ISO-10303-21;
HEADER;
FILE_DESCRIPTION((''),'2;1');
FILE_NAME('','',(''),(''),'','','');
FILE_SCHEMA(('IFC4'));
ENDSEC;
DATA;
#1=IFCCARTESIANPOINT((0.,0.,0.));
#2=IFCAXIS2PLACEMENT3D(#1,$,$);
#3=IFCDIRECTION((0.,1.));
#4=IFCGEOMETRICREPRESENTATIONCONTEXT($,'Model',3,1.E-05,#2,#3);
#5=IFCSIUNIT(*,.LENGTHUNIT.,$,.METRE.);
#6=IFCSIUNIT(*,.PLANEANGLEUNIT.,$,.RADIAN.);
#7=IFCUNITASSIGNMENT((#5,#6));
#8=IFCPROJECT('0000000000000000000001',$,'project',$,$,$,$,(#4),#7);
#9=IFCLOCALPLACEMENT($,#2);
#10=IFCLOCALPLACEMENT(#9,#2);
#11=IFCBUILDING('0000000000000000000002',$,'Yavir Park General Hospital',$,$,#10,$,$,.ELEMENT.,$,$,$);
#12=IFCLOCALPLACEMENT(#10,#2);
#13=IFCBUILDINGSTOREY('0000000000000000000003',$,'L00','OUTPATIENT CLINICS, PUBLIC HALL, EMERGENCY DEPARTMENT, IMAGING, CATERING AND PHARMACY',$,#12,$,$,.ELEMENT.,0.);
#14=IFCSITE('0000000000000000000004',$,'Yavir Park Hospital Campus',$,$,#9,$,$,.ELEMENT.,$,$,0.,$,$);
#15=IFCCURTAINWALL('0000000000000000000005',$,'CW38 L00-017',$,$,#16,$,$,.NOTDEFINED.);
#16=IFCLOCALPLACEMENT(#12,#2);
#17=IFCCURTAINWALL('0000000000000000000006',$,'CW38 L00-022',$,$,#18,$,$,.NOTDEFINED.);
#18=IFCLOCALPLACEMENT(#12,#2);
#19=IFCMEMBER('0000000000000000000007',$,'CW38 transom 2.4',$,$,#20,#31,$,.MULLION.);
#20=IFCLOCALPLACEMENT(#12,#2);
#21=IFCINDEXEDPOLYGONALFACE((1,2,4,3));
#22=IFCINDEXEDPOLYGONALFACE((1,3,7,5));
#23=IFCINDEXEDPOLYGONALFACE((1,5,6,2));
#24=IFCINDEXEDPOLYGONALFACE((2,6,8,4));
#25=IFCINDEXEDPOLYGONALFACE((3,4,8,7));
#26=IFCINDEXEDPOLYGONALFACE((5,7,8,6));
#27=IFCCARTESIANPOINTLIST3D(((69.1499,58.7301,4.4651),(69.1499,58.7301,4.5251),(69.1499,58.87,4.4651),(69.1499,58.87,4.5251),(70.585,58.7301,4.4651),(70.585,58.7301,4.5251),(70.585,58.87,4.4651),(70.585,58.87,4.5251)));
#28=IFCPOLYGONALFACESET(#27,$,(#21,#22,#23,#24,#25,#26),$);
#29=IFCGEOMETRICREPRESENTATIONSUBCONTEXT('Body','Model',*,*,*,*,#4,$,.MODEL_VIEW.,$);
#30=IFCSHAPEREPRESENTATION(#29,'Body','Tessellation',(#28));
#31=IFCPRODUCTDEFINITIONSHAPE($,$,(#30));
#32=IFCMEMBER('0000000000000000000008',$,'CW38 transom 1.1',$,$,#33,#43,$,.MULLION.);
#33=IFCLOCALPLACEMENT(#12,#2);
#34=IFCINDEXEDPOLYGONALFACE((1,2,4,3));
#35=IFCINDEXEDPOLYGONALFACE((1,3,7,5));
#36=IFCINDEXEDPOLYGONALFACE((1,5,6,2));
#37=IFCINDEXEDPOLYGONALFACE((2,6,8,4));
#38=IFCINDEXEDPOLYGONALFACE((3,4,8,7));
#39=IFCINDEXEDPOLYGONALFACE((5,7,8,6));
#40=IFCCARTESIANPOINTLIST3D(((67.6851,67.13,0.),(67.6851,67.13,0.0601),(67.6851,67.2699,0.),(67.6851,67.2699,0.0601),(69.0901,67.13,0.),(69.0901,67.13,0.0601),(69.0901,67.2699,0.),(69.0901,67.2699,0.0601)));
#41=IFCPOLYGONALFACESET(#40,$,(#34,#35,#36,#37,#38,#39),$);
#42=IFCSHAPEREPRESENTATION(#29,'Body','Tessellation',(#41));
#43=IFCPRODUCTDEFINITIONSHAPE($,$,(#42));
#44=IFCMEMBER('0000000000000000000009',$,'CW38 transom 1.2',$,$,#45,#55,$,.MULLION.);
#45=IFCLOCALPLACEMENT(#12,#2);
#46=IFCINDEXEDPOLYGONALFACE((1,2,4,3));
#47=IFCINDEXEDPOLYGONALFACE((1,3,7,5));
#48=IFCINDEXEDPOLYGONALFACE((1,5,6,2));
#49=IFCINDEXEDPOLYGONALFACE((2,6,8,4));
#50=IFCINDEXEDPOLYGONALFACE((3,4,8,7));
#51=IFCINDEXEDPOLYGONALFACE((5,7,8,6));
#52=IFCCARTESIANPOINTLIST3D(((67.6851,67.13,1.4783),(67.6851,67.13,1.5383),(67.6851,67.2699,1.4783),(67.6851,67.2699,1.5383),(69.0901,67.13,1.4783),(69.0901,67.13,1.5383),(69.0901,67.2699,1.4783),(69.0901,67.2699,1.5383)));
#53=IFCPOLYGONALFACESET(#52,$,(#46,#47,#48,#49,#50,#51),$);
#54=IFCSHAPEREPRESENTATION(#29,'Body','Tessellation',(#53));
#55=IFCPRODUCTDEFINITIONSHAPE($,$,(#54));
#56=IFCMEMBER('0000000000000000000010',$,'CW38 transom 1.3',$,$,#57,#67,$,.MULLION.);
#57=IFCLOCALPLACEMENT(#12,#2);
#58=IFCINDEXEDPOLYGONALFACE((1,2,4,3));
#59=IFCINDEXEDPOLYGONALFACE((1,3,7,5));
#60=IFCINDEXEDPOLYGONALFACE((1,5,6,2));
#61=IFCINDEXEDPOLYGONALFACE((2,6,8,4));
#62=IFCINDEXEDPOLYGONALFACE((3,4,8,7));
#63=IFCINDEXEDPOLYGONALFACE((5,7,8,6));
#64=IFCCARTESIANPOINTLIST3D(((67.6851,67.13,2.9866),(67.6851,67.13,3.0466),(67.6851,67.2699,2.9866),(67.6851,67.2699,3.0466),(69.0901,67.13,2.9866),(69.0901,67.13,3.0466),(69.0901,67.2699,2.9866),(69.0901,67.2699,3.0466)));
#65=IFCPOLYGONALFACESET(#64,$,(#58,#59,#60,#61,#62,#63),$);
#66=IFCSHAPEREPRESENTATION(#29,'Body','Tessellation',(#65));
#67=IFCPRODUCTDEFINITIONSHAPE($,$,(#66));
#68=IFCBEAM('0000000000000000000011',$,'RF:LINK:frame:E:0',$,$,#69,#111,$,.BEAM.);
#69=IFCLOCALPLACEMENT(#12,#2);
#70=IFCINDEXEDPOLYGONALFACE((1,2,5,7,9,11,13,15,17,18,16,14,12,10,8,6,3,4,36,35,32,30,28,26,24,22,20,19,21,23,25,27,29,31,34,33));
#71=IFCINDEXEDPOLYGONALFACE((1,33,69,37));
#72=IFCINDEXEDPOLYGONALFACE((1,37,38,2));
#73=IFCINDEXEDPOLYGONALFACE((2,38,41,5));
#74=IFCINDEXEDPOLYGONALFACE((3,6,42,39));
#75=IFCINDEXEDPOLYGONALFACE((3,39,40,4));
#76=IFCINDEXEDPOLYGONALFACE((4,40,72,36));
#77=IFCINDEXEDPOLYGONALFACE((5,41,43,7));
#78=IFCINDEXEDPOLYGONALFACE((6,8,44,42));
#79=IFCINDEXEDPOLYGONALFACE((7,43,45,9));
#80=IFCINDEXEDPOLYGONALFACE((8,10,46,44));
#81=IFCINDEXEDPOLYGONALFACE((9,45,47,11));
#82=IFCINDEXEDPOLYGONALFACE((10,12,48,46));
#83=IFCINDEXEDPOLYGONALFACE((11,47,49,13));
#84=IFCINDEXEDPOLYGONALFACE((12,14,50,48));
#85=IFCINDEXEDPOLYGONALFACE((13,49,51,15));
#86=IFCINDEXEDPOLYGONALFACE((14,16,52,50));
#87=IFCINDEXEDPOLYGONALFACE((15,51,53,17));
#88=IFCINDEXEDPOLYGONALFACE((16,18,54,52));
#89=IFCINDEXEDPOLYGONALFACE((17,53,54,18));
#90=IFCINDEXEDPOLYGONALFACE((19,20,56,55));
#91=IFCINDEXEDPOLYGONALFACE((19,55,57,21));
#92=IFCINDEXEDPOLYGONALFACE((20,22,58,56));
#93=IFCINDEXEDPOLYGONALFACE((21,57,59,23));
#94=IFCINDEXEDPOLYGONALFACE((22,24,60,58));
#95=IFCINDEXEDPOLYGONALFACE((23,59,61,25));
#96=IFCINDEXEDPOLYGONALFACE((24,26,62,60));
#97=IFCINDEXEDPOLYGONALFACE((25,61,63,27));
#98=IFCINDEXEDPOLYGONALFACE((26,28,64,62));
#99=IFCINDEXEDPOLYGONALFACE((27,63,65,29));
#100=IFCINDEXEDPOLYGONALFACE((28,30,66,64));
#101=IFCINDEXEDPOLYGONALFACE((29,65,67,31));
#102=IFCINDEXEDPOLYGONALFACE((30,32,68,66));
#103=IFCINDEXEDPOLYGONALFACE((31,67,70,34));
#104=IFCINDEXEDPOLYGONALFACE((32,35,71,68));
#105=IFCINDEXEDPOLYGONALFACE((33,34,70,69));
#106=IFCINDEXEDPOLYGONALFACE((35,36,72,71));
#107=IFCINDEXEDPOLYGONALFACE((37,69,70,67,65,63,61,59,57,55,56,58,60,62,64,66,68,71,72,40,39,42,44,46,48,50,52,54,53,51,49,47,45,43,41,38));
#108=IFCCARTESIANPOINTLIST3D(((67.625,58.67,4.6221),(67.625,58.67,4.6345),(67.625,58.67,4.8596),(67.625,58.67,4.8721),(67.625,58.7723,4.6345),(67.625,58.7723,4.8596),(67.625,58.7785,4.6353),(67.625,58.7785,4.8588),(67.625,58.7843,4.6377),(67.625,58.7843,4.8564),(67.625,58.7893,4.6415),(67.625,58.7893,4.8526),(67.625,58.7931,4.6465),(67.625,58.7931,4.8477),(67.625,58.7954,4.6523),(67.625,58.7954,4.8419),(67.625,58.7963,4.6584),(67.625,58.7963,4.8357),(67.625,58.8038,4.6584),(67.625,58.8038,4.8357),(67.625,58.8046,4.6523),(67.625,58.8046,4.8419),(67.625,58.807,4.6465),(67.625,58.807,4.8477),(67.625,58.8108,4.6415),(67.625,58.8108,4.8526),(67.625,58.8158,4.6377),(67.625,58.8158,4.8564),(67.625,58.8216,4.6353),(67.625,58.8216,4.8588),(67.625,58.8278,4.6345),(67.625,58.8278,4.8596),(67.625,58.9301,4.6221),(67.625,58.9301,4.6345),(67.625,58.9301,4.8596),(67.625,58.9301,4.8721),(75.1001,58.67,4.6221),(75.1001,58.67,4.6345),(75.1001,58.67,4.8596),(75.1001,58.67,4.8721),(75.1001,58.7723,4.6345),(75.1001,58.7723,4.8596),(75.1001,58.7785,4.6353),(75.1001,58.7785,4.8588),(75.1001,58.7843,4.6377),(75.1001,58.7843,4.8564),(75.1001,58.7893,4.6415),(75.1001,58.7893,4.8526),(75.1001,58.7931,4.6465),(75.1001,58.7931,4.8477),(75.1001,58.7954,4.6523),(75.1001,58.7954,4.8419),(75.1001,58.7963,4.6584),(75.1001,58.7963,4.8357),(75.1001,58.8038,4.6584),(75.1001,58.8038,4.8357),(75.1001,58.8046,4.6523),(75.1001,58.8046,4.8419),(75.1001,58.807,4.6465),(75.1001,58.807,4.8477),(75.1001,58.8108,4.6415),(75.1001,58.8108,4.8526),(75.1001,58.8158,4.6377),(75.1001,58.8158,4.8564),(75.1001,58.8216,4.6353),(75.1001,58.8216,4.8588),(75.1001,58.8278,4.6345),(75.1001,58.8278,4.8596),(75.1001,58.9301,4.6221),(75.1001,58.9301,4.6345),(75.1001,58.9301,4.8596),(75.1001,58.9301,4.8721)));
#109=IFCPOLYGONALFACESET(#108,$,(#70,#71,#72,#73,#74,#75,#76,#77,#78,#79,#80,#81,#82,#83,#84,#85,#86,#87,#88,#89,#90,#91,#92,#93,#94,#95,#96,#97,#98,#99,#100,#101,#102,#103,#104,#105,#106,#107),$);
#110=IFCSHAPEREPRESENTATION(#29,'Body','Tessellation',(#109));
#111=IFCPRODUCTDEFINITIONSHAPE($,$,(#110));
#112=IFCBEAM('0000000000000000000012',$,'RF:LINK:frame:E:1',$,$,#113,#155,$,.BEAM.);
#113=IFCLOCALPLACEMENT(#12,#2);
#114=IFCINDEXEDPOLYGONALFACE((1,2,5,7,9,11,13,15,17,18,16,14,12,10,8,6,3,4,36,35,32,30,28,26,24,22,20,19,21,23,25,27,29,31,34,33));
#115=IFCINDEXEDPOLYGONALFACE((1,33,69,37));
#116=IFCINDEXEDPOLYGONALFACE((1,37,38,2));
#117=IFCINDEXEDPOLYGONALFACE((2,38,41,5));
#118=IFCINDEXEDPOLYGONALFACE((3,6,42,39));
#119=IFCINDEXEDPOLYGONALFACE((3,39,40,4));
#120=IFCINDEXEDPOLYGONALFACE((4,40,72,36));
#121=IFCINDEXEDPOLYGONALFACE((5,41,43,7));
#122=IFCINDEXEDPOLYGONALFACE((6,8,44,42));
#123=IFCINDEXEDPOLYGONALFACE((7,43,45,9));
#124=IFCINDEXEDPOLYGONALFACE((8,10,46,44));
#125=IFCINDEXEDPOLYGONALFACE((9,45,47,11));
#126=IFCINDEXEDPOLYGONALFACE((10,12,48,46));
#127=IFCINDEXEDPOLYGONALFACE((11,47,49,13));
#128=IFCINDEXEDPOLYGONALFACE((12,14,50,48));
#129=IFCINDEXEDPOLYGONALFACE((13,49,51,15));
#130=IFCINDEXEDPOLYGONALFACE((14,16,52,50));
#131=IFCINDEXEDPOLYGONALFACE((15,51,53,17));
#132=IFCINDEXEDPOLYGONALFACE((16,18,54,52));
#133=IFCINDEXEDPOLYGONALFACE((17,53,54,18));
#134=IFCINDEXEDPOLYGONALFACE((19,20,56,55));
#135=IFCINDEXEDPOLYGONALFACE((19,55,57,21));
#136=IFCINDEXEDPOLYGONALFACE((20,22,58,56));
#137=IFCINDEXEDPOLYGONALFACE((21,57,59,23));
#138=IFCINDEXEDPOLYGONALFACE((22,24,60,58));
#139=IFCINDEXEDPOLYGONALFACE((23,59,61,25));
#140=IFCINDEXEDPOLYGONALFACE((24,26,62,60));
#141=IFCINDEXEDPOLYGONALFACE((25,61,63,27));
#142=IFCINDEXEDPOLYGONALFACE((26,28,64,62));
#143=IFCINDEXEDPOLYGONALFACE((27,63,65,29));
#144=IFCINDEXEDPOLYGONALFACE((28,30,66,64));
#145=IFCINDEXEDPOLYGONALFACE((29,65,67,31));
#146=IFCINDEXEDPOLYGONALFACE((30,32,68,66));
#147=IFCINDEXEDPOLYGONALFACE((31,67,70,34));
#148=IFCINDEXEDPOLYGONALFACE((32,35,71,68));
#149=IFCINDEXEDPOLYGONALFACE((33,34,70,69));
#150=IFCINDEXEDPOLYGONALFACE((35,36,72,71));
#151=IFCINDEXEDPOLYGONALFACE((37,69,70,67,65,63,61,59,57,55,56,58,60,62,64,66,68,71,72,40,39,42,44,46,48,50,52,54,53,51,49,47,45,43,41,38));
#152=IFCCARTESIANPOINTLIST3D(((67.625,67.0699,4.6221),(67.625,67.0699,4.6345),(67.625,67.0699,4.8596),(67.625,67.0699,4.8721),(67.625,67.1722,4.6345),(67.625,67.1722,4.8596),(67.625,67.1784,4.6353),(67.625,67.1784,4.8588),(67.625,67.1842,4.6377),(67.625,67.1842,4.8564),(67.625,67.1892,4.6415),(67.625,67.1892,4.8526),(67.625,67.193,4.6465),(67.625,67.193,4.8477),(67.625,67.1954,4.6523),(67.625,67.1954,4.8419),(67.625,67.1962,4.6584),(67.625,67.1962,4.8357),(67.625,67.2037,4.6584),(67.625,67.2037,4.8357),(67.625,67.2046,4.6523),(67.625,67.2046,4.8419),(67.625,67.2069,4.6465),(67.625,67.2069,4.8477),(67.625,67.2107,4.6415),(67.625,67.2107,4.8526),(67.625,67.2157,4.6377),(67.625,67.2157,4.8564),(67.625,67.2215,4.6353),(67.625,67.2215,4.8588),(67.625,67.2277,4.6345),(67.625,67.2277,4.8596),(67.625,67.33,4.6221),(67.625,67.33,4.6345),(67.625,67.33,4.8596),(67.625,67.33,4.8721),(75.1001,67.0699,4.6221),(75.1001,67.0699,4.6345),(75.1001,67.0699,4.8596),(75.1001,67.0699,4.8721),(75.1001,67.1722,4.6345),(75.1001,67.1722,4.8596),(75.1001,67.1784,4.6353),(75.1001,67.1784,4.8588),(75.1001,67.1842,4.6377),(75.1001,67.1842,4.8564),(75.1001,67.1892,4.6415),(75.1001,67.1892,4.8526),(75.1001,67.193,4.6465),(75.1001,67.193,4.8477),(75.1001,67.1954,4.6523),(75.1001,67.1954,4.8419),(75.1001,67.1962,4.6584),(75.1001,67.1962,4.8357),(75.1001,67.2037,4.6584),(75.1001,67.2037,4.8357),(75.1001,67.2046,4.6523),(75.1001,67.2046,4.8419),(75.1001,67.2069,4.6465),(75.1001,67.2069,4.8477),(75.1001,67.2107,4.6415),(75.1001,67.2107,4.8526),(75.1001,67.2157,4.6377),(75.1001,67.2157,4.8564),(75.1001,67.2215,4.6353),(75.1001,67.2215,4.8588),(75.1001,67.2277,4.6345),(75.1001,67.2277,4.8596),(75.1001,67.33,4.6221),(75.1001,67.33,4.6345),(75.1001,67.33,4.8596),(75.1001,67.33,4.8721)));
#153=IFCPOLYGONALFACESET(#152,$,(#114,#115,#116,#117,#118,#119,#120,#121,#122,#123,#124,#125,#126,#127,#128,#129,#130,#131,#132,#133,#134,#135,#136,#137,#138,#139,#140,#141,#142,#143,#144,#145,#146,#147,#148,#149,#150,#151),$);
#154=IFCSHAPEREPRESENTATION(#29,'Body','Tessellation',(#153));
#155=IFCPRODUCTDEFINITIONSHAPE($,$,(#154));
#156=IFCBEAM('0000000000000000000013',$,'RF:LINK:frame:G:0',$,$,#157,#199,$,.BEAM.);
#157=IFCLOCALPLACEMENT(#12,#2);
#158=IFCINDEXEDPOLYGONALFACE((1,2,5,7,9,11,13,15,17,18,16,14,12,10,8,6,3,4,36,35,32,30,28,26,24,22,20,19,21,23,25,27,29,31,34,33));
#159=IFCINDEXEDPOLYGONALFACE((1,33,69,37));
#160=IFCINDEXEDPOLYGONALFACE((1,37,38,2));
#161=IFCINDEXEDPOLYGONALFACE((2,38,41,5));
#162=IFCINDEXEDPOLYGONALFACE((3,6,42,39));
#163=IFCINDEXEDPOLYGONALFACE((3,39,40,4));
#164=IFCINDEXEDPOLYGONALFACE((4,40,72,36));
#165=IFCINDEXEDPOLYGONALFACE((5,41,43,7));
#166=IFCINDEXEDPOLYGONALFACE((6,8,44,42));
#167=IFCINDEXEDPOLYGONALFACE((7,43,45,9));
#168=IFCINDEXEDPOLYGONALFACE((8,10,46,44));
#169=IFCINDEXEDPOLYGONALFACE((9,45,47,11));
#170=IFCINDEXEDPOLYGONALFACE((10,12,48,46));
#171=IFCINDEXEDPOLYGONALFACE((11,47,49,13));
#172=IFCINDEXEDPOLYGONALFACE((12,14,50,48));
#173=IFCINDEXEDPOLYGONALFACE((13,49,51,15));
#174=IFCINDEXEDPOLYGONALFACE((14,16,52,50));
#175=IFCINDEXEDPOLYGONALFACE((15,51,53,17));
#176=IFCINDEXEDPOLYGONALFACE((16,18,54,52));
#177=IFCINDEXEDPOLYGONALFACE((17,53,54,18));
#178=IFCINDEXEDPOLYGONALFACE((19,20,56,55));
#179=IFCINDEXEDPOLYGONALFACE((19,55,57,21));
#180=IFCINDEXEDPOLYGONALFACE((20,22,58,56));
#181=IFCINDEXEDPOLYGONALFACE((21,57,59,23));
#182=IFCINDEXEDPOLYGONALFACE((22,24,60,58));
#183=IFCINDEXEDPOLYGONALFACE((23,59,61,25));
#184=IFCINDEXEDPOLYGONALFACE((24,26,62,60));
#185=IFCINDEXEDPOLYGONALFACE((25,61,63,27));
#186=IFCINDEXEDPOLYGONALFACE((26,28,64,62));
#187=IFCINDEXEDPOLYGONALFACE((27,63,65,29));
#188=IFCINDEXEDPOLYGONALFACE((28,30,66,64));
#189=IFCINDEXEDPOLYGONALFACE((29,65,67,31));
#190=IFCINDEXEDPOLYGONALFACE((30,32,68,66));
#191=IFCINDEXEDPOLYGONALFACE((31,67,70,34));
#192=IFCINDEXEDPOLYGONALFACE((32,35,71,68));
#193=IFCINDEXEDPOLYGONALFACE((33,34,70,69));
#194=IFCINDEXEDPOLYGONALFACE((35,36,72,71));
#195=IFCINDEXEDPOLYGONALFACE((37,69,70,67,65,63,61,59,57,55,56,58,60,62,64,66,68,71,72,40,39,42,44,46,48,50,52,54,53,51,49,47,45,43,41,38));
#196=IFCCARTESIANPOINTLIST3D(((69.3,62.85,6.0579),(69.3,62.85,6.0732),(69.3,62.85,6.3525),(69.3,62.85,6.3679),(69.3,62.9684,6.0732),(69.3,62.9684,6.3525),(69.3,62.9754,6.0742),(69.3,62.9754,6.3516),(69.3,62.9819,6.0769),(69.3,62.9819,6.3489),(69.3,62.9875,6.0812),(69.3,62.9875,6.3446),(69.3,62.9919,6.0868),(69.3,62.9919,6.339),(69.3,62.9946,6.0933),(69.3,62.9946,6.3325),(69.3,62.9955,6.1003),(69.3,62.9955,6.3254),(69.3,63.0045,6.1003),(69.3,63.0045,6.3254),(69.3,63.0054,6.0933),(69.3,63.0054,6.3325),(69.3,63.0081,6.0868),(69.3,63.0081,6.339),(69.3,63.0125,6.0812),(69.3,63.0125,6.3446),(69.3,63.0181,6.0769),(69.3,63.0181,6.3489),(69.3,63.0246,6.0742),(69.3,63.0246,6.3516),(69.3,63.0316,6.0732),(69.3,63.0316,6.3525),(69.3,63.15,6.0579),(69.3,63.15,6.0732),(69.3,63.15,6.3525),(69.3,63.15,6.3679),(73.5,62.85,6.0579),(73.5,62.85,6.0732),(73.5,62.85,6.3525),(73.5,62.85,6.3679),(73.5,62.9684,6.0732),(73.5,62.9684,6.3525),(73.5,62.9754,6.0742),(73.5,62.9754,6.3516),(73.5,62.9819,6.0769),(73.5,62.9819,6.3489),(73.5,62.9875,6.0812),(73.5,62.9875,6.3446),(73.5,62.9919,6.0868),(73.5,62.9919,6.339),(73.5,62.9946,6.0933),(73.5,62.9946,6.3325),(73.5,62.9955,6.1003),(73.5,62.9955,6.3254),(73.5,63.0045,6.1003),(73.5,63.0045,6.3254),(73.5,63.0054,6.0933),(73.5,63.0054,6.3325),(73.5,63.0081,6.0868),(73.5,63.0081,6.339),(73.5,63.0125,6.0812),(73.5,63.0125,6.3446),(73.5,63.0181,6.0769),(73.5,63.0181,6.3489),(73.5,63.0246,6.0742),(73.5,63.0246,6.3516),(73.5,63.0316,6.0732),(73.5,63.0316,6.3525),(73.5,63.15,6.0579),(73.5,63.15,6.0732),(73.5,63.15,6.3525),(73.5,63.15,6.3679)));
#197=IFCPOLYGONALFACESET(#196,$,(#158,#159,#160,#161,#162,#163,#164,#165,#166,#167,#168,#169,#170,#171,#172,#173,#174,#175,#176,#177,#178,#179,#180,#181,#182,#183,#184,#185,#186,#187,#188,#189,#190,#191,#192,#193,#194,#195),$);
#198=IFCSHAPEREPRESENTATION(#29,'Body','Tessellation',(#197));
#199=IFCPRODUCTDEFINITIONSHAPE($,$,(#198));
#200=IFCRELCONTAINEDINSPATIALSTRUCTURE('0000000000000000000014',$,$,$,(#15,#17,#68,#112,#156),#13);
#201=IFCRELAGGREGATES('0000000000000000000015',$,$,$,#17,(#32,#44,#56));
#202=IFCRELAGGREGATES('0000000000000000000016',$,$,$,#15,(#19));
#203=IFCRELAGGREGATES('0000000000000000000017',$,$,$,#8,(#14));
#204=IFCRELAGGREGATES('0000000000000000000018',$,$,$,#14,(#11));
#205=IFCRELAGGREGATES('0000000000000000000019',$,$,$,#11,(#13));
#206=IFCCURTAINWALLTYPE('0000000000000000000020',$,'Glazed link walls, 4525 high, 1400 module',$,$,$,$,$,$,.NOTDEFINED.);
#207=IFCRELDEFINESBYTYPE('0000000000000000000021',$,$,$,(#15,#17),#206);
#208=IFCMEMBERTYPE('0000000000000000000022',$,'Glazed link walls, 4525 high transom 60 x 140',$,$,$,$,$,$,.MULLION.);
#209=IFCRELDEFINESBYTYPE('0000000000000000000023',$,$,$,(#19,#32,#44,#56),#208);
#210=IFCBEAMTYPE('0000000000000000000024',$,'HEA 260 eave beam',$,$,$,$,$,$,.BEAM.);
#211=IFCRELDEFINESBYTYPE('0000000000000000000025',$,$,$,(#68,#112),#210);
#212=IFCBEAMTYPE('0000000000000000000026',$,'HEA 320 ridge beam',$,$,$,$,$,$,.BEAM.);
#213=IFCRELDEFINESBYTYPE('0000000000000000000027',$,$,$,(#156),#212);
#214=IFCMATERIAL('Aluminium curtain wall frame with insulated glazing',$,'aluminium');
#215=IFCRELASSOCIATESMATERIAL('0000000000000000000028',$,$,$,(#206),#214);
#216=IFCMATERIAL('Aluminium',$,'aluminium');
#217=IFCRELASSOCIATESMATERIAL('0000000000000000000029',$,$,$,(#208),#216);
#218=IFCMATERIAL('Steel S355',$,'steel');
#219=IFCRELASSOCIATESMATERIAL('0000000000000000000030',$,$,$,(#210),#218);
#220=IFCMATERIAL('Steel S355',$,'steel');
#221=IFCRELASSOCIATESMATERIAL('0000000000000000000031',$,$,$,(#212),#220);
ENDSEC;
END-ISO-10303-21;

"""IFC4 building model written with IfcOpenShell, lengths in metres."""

from ifc_helpers import new_model, si_unit, direction, frame, origin, origin_2d, place, context, subcontext, project, spatial, rectangle, i_section, extrude, material, material_profile, profile_set, type_object, element, aggregate, save


model = new_model("IFC4")

# Units and contexts
model_context = context("Model", 3, precision=1e-05, world=origin(), true_north=direction((0.0, 1.0)))
body_context = subcontext(model_context, "Body", "Model", "MODEL_VIEW")
ifc_project = project(units=[si_unit("LENGTHUNIT", "METRE"), si_unit("PLANEANGLEUNIT", "RADIAN")], contexts=[model_context])

# Site, building, storey
site_placement = place(None, origin())
site = spatial("IfcSite", under=ifc_project, at=site_placement, Name="Yavir Park Hospital Campus", CompositionType="ELEMENT", RefElevation=0.0)
building_placement = place(site_placement, origin())
building = spatial("IfcBuilding", under=site, at=building_placement, Name="Yavir Park General Hospital", CompositionType="ELEMENT")
storey_placement = place(building_placement, origin())
storey = spatial("IfcBuildingStorey", under=building, at=storey_placement, Name="L00", Description="OUTPATIENT CLINICS, PUBLIC HALL, EMERGENCY DEPARTMENT, IMAGING, CATERING AND PHARMACY", CompositionType="ELEMENT", Elevation=0.0)

# Curtain wall
ifc_material_1 = material(Name="Aluminium curtain wall frame with insulated glazing", Category="aluminium")
curtain_wall_type = type_object("IfcCurtainWallType", Name="Glazed link walls, 4525 high, 1400 module", PredefinedType="NOTDEFINED", material=ifc_material_1)
curtain_wall_1_placement = place(storey_placement, origin())
curtain_wall_1 = element("IfcCurtainWall", 1, at=curtain_wall_1_placement, inside=storey, type_object=curtain_wall_type, Name="CW38 L00-017", PredefinedType="NOTDEFINED")

# Curtain wall
curtain_wall_2_placement = place(storey_placement, origin())
curtain_wall_2 = element("IfcCurtainWall", 2, at=curtain_wall_2_placement, inside=storey, type_object=curtain_wall_type, Name="CW38 L00-022", PredefinedType="NOTDEFINED")

# Members
ifc_material_2 = material(Name="Aluminium", Category="aluminium")
ifc_material_profile_1 = material_profile(ifc_material_2, rectangle(XDim=0.1399, YDim=0.0601, at=origin_2d()), Name="AL 140x60")
ifc_profile_set_1 = profile_set([ifc_material_profile_1], Name="Aluminium")
member_type_1 = type_object("IfcMemberType", Name="Glazed link walls, 4525 high transom 60 x 140", PredefinedType="MULLION", material=ifc_profile_set_1)
member_1_placement = place(storey_placement, frame((69.1499, 58.8, 4.4951), z_axis=(1.0, 0.0, 0.0), x_axis=(0.0, 1.0, 0.0)))
member_1 = element("IfcMember", 3, at=member_1_placement, type_object=member_type_1, Name="CW38 transom 2.4", PredefinedType="MULLION", context=body_context, shape_type="SweptSolid", body=[
    extrude(rectangle(XDim=0.1399, YDim=0.0601, at=origin_2d()), origin(), (0.0, 0.0, 1.0), 1.4351),
])
member_2_placement = place(storey_placement, frame((67.6851, 67.2, 0.03), z_axis=(1.0, 0.0, 0.0), x_axis=(0.0, 1.0, 0.0)))
member_2 = element("IfcMember", 4, at=member_2_placement, type_object=member_type_1, Name="CW38 transom 1.1", PredefinedType="MULLION", context=body_context, shape_type="SweptSolid", body=[
    extrude(rectangle(XDim=0.1399, YDim=0.0601, at=origin_2d()), origin(), (0.0, 0.0, 1.0), 1.405),
])
member_3_placement = place(storey_placement, frame((67.6851, 67.2, 1.5083), z_axis=(1.0, 0.0, 0.0), x_axis=(0.0, 1.0, 0.0)))
member_3 = element("IfcMember", 5, at=member_3_placement, type_object=member_type_1, Name="CW38 transom 1.2", PredefinedType="MULLION", context=body_context, shape_type="SweptSolid", body=[
    extrude(rectangle(XDim=0.1399, YDim=0.0601, at=origin_2d()), origin(), (0.0, 0.0, 1.0), 1.405),
])
member_4_placement = place(storey_placement, frame((67.6851, 67.2, 3.0166), z_axis=(1.0, 0.0, 0.0), x_axis=(0.0, 1.0, 0.0)))
member_4 = element("IfcMember", 6, at=member_4_placement, type_object=member_type_1, Name="CW38 transom 1.3", PredefinedType="MULLION", context=body_context, shape_type="SweptSolid", body=[
    extrude(rectangle(XDim=0.1399, YDim=0.0601, at=origin_2d()), origin(), (0.0, 0.0, 1.0), 1.405),
])
aggregate(curtain_wall_2, [member_2, member_3, member_4])

# Beams
ifc_material_3 = material(Name="Steel S355", Category="steel")
ifc_material_profile_2 = material_profile(ifc_material_3, i_section(OverallWidth=0.26, OverallDepth=0.25, WebThickness=0.0076, FlangeThickness=0.0125, FilletRadius=0.0239, at=origin_2d()), Name="HEA260")
ifc_profile_set_2 = profile_set([ifc_material_profile_2], Name="Steel S355")
beam_type_1 = type_object("IfcBeamType", Name="HEA 260 eave beam", PredefinedType="BEAM", material=ifc_profile_set_2)
for number, where, z_axis, x_axis, name in (
    (7, (67.625, 58.8, 4.7471), (1.0, 0.0, 0.0), (0.0, 1.0, 0.0), "RF:LINK:frame:E:0"),
    (8, (67.625, 67.2, 4.7471), (1.0, 0.0, 0.0), (0.0, 1.0, 0.0), "RF:LINK:frame:E:1"),
):
    element("IfcBeam", number, at=place(storey_placement, frame(where, z_axis=z_axis, x_axis=x_axis)), inside=storey, type_object=beam_type_1, Name=name, PredefinedType="BEAM", context=body_context, shape_type="SweptSolid", body=[
        extrude(i_section(OverallWidth=0.26, OverallDepth=0.25, WebThickness=0.0076, FlangeThickness=0.0125, FilletRadius=0.0239, at=origin_2d()), origin(), (0.0, 0.0, 1.0), 7.4751),
    ])
ifc_material_4 = material(Name="Steel S355", Category="steel")
ifc_material_profile_3 = material_profile(ifc_material_4, i_section(OverallWidth=0.3, OverallDepth=0.3101, WebThickness=0.009, FlangeThickness=0.0154, FilletRadius=0.0271, at=origin_2d()), Name="HEA320")
ifc_profile_set_3 = profile_set([ifc_material_profile_3], Name="Steel S355")
beam_type_2 = type_object("IfcBeamType", Name="HEA 320 ridge beam", PredefinedType="BEAM", material=ifc_profile_set_3)
beam_1_placement = place(storey_placement, frame((69.3, 63.0, 6.2129), z_axis=(1.0, 0.0, 0.0), x_axis=(0.0, 1.0, 0.0)))
element("IfcBeam", 9, at=beam_1_placement, inside=storey, type_object=beam_type_2, Name="RF:LINK:frame:G:0", PredefinedType="BEAM", context=body_context, shape_type="SweptSolid", body=[
    extrude(i_section(OverallWidth=0.3, OverallDepth=0.3101, WebThickness=0.009, FlangeThickness=0.0154, FilletRadius=0.0271, at=origin_2d()), origin(), (0.0, 0.0, 1.0), 4.2),
])

aggregate(curtain_wall_1, [member_1])

save(model, "model.ifc")
